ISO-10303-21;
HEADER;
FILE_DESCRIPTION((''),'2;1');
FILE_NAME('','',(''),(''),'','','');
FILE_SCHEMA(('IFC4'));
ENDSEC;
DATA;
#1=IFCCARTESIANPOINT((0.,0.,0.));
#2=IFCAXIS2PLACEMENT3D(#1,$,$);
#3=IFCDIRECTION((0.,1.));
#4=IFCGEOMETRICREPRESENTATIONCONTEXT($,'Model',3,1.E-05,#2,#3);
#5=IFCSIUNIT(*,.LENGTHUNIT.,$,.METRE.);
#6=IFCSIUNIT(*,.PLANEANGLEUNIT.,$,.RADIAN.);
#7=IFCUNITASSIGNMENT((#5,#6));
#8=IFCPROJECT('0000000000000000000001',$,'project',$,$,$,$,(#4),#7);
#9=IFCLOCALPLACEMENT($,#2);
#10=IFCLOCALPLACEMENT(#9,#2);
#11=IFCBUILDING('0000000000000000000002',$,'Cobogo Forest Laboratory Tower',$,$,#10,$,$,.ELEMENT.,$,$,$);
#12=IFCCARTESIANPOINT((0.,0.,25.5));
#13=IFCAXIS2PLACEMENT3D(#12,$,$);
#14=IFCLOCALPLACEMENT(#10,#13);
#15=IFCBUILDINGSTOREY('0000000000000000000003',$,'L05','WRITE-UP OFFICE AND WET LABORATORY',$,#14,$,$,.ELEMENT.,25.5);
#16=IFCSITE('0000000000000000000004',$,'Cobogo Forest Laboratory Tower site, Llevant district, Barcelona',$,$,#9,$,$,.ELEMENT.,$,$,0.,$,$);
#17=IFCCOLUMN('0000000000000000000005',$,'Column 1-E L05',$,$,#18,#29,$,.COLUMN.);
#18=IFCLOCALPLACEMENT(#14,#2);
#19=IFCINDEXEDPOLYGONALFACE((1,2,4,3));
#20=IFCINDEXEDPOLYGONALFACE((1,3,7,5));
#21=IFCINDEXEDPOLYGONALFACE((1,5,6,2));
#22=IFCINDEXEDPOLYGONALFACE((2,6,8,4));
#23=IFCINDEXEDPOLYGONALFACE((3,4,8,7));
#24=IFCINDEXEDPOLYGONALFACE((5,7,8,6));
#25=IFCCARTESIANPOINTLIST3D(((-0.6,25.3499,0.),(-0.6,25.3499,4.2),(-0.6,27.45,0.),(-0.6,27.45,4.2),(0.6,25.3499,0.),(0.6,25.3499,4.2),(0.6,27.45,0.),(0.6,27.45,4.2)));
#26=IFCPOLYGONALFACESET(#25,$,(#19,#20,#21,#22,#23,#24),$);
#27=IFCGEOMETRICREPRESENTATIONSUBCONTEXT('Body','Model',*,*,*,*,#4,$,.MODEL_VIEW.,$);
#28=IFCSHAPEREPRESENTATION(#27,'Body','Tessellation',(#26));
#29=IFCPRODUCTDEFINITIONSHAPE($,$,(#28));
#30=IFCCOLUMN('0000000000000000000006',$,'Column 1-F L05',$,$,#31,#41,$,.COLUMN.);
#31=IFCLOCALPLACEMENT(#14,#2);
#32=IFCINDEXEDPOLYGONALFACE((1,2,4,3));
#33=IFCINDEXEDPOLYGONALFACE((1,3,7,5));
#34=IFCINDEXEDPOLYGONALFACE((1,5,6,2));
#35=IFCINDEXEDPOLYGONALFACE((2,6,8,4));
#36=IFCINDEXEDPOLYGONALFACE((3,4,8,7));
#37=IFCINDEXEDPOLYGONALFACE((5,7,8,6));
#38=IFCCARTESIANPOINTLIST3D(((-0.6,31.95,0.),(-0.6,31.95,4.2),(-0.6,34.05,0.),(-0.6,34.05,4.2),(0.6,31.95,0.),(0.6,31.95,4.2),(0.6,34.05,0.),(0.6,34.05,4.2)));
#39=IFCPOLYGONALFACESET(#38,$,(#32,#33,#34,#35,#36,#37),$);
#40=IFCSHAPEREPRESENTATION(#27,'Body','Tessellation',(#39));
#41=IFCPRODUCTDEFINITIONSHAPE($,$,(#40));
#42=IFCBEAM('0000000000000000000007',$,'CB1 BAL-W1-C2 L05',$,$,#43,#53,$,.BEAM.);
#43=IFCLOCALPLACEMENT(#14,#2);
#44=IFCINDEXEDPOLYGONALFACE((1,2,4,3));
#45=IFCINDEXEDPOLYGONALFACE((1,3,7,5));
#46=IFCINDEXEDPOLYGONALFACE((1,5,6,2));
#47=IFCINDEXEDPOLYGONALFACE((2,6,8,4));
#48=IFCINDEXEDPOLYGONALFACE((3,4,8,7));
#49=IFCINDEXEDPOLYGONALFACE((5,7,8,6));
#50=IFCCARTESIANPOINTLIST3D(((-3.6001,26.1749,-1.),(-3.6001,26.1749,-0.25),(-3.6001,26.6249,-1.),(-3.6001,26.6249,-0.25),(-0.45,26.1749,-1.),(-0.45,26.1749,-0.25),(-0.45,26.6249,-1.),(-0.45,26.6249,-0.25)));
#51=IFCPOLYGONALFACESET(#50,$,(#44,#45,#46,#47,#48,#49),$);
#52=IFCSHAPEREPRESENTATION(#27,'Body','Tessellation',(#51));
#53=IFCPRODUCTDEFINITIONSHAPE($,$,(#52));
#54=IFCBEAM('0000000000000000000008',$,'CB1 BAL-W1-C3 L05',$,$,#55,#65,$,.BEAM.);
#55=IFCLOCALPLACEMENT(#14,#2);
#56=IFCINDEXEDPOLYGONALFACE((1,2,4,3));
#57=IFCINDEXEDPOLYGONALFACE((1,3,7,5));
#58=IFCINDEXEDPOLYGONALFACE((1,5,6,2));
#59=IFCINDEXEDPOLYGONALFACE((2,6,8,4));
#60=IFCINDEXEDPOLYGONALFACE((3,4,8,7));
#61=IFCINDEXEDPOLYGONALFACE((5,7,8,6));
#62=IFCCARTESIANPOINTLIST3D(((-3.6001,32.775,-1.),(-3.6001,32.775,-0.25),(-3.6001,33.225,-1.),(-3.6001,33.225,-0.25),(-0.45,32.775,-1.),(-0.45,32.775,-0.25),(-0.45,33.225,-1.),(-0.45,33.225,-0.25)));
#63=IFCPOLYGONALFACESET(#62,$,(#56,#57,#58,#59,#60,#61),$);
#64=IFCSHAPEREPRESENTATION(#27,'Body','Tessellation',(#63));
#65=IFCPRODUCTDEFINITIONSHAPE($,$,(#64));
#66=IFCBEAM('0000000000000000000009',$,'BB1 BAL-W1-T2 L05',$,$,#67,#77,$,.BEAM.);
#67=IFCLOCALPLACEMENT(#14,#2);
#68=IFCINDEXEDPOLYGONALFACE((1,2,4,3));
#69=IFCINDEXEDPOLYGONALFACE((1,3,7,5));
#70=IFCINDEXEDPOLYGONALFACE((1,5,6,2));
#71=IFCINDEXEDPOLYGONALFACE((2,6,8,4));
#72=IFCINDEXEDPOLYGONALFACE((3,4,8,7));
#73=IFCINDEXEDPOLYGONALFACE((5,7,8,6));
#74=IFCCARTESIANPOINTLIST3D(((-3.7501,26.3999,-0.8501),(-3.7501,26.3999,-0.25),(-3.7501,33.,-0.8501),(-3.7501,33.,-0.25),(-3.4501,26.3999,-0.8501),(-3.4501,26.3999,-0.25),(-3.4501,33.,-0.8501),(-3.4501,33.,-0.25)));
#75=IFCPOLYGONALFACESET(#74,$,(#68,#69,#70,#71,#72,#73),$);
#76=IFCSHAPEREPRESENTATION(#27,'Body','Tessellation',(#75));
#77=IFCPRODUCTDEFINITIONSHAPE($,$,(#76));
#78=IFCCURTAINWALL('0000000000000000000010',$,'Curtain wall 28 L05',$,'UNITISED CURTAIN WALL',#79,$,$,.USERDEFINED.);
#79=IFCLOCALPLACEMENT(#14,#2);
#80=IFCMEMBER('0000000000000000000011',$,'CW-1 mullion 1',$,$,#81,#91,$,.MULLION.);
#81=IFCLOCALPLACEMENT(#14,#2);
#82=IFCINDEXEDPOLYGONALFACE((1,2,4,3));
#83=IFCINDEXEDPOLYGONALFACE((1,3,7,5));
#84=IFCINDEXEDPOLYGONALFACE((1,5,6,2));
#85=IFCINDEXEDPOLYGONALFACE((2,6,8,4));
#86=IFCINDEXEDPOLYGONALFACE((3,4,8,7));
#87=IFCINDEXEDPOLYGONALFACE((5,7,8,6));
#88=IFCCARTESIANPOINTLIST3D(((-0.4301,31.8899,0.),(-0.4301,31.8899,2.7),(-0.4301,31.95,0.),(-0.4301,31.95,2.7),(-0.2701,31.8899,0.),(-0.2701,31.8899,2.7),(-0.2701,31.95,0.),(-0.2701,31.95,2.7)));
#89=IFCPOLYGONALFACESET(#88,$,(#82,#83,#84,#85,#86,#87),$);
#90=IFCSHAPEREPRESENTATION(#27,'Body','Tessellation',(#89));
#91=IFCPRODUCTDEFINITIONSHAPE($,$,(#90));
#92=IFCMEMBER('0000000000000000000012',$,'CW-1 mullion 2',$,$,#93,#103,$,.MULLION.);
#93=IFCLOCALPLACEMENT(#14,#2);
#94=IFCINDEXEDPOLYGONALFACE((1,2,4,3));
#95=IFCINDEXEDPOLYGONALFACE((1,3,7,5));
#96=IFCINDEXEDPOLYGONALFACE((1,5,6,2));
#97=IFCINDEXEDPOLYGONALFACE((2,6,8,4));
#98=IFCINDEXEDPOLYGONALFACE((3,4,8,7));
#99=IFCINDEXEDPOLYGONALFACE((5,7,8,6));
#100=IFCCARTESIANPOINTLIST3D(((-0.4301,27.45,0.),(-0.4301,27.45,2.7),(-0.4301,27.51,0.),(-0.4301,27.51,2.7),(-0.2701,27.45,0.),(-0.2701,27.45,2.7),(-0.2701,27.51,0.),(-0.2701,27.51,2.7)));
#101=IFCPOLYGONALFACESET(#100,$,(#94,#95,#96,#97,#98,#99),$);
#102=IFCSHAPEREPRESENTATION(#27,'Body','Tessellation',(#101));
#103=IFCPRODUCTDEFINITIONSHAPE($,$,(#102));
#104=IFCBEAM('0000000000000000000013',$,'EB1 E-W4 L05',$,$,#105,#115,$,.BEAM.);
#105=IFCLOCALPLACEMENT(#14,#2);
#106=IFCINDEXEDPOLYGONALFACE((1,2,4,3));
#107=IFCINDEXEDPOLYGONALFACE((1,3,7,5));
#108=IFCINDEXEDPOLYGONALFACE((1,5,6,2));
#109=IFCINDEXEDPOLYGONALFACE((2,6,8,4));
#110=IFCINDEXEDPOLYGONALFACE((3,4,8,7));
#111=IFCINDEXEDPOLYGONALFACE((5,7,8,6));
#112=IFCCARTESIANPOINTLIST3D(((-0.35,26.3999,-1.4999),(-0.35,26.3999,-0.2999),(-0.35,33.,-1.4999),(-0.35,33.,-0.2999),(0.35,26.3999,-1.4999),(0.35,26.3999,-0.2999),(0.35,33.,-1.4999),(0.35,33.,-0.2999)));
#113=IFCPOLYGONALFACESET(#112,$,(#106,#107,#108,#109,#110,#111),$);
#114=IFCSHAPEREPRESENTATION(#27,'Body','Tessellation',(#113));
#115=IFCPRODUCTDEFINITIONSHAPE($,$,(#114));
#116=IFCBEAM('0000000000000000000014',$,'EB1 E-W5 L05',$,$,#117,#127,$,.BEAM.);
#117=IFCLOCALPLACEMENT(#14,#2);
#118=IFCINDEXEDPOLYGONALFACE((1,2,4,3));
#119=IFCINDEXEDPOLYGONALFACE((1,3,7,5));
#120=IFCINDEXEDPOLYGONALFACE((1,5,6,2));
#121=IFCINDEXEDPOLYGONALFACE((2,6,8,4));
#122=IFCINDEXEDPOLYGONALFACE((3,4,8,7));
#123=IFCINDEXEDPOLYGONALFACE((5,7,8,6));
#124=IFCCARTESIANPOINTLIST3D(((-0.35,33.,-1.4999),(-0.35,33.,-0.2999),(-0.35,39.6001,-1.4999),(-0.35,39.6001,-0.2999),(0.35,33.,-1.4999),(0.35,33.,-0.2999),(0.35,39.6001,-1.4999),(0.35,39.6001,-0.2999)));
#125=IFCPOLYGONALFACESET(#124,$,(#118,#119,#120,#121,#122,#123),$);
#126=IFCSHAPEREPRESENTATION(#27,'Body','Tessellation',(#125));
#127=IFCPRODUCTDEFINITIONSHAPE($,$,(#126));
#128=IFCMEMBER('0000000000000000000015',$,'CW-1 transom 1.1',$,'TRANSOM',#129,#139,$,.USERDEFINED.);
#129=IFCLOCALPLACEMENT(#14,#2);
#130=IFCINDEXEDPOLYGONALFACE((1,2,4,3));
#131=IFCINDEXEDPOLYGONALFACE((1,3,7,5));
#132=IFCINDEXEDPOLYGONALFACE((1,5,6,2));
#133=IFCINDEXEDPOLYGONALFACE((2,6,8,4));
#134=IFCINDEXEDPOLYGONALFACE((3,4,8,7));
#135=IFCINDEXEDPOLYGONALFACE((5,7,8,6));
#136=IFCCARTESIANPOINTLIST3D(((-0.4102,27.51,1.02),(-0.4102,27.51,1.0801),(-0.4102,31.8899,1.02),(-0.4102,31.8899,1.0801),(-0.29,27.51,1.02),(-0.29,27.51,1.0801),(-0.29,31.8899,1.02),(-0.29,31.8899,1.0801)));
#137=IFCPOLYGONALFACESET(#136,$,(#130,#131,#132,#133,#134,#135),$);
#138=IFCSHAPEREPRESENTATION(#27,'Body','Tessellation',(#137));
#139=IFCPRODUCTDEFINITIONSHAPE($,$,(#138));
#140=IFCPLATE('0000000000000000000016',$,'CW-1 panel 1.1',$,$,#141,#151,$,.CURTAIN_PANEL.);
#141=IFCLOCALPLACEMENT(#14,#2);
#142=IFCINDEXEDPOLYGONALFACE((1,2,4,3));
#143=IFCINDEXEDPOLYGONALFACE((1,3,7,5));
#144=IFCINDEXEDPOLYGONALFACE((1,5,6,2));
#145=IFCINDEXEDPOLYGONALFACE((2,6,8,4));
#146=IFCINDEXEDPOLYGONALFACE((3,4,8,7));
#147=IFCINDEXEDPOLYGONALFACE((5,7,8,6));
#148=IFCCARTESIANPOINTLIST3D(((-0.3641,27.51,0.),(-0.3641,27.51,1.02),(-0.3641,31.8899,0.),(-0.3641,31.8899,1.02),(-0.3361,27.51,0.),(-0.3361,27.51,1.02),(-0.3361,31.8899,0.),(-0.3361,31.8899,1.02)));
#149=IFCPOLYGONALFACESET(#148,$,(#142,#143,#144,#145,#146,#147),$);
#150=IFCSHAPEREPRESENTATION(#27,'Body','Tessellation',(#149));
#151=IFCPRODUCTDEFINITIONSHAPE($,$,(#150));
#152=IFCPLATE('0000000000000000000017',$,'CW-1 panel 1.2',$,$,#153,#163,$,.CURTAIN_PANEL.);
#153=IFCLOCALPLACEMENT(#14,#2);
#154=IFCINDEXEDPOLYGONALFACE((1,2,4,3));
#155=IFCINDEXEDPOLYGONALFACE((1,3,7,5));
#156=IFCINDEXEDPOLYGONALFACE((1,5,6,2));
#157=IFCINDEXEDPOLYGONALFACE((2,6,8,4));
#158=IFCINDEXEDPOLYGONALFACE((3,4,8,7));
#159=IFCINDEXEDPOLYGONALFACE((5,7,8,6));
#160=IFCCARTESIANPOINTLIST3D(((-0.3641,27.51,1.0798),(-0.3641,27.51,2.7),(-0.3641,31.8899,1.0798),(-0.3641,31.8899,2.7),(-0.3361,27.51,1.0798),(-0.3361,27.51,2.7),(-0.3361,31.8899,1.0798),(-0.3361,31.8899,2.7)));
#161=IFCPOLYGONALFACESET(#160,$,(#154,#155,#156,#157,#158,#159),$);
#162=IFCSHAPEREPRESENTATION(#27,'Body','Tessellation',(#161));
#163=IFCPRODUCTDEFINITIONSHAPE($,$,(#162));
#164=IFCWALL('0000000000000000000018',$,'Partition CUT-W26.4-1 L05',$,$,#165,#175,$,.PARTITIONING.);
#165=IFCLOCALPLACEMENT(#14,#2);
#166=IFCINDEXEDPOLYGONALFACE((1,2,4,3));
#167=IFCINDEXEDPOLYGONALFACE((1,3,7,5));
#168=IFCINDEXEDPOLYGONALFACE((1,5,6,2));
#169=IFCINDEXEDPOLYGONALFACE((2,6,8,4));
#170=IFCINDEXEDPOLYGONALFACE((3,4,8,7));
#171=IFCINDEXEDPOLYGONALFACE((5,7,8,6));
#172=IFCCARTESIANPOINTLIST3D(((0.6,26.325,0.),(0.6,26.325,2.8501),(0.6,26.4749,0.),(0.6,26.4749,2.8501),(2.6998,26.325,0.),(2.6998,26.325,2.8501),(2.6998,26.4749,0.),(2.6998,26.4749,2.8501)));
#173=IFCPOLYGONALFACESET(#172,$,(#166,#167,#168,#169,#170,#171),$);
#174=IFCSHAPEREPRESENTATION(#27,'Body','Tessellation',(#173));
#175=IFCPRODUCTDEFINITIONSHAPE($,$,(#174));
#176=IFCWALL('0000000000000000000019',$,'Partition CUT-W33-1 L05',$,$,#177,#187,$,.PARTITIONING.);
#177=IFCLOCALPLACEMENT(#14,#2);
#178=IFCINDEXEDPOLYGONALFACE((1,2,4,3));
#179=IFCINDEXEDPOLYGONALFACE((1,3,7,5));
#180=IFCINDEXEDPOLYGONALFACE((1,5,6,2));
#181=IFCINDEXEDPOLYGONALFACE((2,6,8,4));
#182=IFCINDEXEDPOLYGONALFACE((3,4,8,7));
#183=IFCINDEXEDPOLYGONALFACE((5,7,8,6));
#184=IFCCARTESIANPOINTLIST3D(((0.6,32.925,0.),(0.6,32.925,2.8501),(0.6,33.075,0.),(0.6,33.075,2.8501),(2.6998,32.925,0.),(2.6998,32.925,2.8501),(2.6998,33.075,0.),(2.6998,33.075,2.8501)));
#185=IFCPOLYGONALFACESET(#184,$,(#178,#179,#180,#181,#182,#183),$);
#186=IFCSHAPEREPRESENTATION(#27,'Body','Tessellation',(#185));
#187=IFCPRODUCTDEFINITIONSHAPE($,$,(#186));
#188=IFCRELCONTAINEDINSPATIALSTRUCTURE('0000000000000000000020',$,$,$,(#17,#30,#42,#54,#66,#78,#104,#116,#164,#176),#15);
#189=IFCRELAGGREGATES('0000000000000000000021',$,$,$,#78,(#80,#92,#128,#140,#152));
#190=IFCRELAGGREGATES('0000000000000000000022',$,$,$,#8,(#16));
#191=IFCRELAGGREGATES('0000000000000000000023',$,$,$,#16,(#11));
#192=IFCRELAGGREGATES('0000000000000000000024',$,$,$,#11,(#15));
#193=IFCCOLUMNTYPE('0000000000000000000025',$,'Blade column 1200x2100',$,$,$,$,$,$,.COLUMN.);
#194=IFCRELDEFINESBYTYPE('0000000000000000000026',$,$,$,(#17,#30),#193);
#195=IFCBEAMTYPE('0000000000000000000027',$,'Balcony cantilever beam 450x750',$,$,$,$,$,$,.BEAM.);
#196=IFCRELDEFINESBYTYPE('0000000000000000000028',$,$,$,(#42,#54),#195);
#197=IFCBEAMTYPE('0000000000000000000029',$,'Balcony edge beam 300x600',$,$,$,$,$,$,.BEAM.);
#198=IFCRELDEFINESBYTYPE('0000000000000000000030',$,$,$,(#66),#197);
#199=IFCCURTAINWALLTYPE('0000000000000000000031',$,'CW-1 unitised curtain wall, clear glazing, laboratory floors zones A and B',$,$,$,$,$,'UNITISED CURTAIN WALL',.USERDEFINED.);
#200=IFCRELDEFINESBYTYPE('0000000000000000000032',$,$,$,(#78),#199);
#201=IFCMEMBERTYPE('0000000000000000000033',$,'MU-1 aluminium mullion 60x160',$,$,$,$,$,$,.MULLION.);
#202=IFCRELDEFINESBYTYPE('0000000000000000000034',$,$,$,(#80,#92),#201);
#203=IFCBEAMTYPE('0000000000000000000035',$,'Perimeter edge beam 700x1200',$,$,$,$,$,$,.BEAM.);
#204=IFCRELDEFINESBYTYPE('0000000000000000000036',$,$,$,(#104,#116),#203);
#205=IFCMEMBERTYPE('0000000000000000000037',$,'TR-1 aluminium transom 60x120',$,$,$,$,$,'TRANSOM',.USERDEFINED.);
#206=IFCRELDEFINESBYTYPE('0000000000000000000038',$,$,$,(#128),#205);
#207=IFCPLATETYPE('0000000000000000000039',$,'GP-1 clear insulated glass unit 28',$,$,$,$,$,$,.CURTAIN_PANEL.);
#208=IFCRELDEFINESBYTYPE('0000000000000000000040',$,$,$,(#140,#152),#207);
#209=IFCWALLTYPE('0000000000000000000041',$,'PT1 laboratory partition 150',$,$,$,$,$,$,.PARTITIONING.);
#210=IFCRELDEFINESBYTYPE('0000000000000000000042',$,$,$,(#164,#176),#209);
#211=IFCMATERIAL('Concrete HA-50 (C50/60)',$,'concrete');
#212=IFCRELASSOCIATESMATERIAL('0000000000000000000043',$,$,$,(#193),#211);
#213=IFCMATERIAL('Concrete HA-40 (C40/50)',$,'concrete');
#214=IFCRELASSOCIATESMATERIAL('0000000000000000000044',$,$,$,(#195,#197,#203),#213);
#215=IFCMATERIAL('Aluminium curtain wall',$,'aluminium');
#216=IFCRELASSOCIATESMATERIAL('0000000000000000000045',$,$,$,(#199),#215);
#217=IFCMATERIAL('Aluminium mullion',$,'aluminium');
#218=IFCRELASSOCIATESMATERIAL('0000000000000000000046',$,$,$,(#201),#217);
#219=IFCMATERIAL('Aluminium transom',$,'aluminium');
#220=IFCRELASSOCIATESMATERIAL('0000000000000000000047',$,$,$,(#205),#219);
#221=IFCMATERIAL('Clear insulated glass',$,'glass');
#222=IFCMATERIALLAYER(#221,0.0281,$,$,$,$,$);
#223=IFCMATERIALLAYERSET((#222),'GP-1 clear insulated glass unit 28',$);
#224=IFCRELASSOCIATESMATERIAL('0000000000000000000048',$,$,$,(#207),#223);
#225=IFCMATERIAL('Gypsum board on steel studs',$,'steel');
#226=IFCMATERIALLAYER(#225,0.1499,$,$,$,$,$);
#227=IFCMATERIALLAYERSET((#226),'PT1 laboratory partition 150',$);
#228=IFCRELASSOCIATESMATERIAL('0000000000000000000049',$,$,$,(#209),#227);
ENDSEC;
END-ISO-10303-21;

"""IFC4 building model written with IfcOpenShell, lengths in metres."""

from ifc_helpers import new_model, si_unit, direction, frame, frame_2d, origin, origin_2d, place, context, subcontext, project, spatial, rectangle, extrude, material, layer, layer_set, material_profile, profile_set, type_object, element, aggregate, save


model = new_model("IFC4")

# Units and contexts
model_context = context("Model", 3, precision=1e-05, world=origin(), true_north=direction((0.0, 1.0)))
body_context = subcontext(model_context, "Body", "Model", "MODEL_VIEW")
ifc_project = project(units=[si_unit("LENGTHUNIT", "METRE"), si_unit("PLANEANGLEUNIT", "RADIAN")], contexts=[model_context])

# Site, building, storey
site_placement = place(None, origin())
site = spatial("IfcSite", under=ifc_project, at=site_placement, Name="Cobogo Forest Laboratory Tower site, Llevant district, Barcelona", CompositionType="ELEMENT", RefElevation=0.0)
building_placement = place(site_placement, origin())
building = spatial("IfcBuilding", under=site, at=building_placement, Name="Cobogo Forest Laboratory Tower", CompositionType="ELEMENT")
storey_placement = place(building_placement, frame((0.0, 0.0, 25.5)))
storey = spatial("IfcBuildingStorey", under=building, at=storey_placement, Name="L05", Description="WRITE-UP OFFICE AND WET LABORATORY", CompositionType="ELEMENT", Elevation=25.5)

# Columns
ifc_material_1 = material(Name="Concrete HA-50 (C50/60)", Category="concrete")
ifc_material_profile_1 = material_profile(ifc_material_1, rectangle(XDim=2.1001, YDim=1.2, at=origin_2d()), Name="RC 1200x2100")
ifc_profile_set_1 = profile_set([ifc_material_profile_1], Name="Concrete HA-50 (C50/60)")
column_type = type_object("IfcColumnType", Name="Blade column 1200x2100", PredefinedType="COLUMN", material=ifc_profile_set_1)
for number, where, z_axis, x_axis, name in (
    (1, (0.0, 26.3999, 0.0), (0.0, 0.0, 1.0), (0.0, 1.0, 0.0), "Column 1-E L05"),
    (2, (0.0, 33.0, 0.0), (0.0, 0.0, 1.0), (0.0, 1.0, 0.0), "Column 1-F L05"),
):
    element("IfcColumn", number, at=place(storey_placement, frame(where, z_axis=z_axis, x_axis=x_axis)), inside=storey, type_object=column_type, Name=name, PredefinedType="COLUMN", context=body_context, shape_type="SweptSolid", body=[
        extrude(rectangle(XDim=2.1001, YDim=1.2, at=origin_2d()), origin(), (0.0, 0.0, 1.0), 4.2),
    ])

# Beams
ifc_material_2 = material(Name="Concrete HA-40 (C40/50)", Category="concrete")
ifc_material_profile_2 = material_profile(ifc_material_2, rectangle(XDim=0.45, YDim=0.75, at=origin_2d()), Name="RC 450x750")
ifc_profile_set_2 = profile_set([ifc_material_profile_2], Name="Concrete HA-40 (C40/50)")
beam_type_1 = type_object("IfcBeamType", Name="Balcony cantilever beam 450x750", PredefinedType="BEAM", material=ifc_profile_set_2)
for number, where, z_axis, x_axis, name in (
    (3, (-0.45, 26.3999, -0.625), (-1.0, 0.0, 0.0), (0.0, -1.0, 0.0), "CB1 BAL-W1-C2 L05"),
    (4, (-0.45, 33.0, -0.625), (-1.0, 0.0, 0.0), (0.0, -1.0, 0.0), "CB1 BAL-W1-C3 L05"),
):
    element("IfcBeam", number, at=place(storey_placement, frame(where, z_axis=z_axis, x_axis=x_axis)), inside=storey, type_object=beam_type_1, Name=name, PredefinedType="BEAM", context=body_context, shape_type="SweptSolid", body=[
        extrude(rectangle(XDim=0.45, YDim=0.75, at=origin_2d()), origin(), (0.0, 0.0, 1.0), 3.1501),
    ])
ifc_material_profile_3 = material_profile(ifc_material_2, rectangle(XDim=0.3, YDim=0.6001, at=origin_2d()), Name="RC 300x600")
ifc_profile_set_3 = profile_set([ifc_material_profile_3], Name="Concrete HA-40 (C40/50)")
beam_type_2 = type_object("IfcBeamType", Name="Balcony edge beam 300x600", PredefinedType="BEAM", material=ifc_profile_set_3)
beam_placement = place(storey_placement, frame((-3.6001, 26.3999, -0.55), z_axis=(0.0, 1.0, 0.0), x_axis=(-1.0, 0.0, 0.0)))
element("IfcBeam", 5, at=beam_placement, inside=storey, type_object=beam_type_2, Name="BB1 BAL-W1-T2 L05", PredefinedType="BEAM", context=body_context, shape_type="SweptSolid", body=[
    extrude(rectangle(XDim=0.3, YDim=0.6001, at=origin_2d()), origin(), (0.0, 0.0, 1.0), 6.6001),
])

# Curtain wall, members
ifc_material_3 = material(Name="Aluminium curtain wall", Category="aluminium")
curtain_wall_type = type_object("IfcCurtainWallType", Name="CW-1 unitised curtain wall, clear glazing, laboratory floors zones A and B", ElementType="UNITISED CURTAIN WALL", PredefinedType="USERDEFINED", material=ifc_material_3)
curtain_wall_placement = place(storey_placement, origin())
curtain_wall = element("IfcCurtainWall", 6, at=curtain_wall_placement, inside=storey, type_object=curtain_wall_type, Name="Curtain wall 28 L05", ObjectType="UNITISED CURTAIN WALL", PredefinedType="USERDEFINED")
ifc_material_4 = material(Name="Aluminium mullion", Category="aluminium")
ifc_material_profile_4 = material_profile(ifc_material_4, rectangle(XDim=0.0601, YDim=0.1599, at=origin_2d()), Name="AL 60x160")
ifc_profile_set_4 = profile_set([ifc_material_profile_4], Name="Aluminium mullion")
member_type_1 = type_object("IfcMemberType", Name="MU-1 aluminium mullion 60x160", PredefinedType="MULLION", material=ifc_profile_set_4)
member_1_placement = place(storey_placement, frame((-0.3501, 31.9199, 0.0), z_axis=(0.0, 0.0, 1.0), x_axis=(0.0, -1.0, 0.0)))
member_1 = element("IfcMember", 7, at=member_1_placement, type_object=member_type_1, Name="CW-1 mullion 1", PredefinedType="MULLION", context=body_context, shape_type="SweptSolid", body=[
    extrude(rectangle(XDim=0.0601, YDim=0.1599, at=origin_2d()), origin(), (0.0, 0.0, 1.0), 2.7),
])
member_2_placement = place(storey_placement, frame((-0.3501, 27.48, 0.0), z_axis=(0.0, 0.0, 1.0), x_axis=(0.0, -1.0, 0.0)))
member_2 = element("IfcMember", 8, at=member_2_placement, type_object=member_type_1, Name="CW-1 mullion 2", PredefinedType="MULLION", context=body_context, shape_type="SweptSolid", body=[
    extrude(rectangle(XDim=0.0601, YDim=0.1599, at=origin_2d()), origin(), (0.0, 0.0, 1.0), 2.7),
])

# Beams
ifc_material_profile_5 = material_profile(ifc_material_2, rectangle(XDim=0.7, YDim=1.2, at=origin_2d()), Name="RC 700x1200")
ifc_profile_set_5 = profile_set([ifc_material_profile_5], Name="Concrete HA-40 (C40/50)")
beam_type_3 = type_object("IfcBeamType", Name="Perimeter edge beam 700x1200", PredefinedType="BEAM", material=ifc_profile_set_5)
for number, where, z_axis, x_axis, name in (
    (9, (0.0, 26.3999, -0.8999), (0.0, 1.0, 0.0), (-1.0, 0.0, 0.0), "EB1 E-W4 L05"),
    (10, (0.0, 33.0, -0.8999), (0.0, 1.0, 0.0), (-1.0, 0.0, 0.0), "EB1 E-W5 L05"),
):
    element("IfcBeam", number, at=place(storey_placement, frame(where, z_axis=z_axis, x_axis=x_axis)), inside=storey, type_object=beam_type_3, Name=name, PredefinedType="BEAM", context=body_context, shape_type="SweptSolid", body=[
        extrude(rectangle(XDim=0.7, YDim=1.2, at=origin_2d()), origin(), (0.0, 0.0, 1.0), 6.6001),
    ])

# Member
ifc_material_5 = material(Name="Aluminium transom", Category="aluminium")
ifc_material_profile_6 = material_profile(ifc_material_5, rectangle(XDim=0.1201, YDim=0.0601, at=origin_2d()), Name="AL 60x120")
ifc_profile_set_6 = profile_set([ifc_material_profile_6], Name="Aluminium transom")
member_type_2 = type_object("IfcMemberType", Name="TR-1 aluminium transom 60x120", ElementType="TRANSOM", PredefinedType="USERDEFINED", material=ifc_profile_set_6)
member_3_placement = place(storey_placement, frame((-0.3501, 31.8899, 1.05), z_axis=(0.0, -1.0, 0.0), x_axis=(1.0, 0.0, 0.0)))
member_3 = element("IfcMember", 11, at=member_3_placement, type_object=member_type_2, Name="CW-1 transom 1.1", ObjectType="TRANSOM", PredefinedType="USERDEFINED", context=body_context, shape_type="SweptSolid", body=[
    extrude(rectangle(XDim=0.1201, YDim=0.0601, at=origin_2d()), origin(), (0.0, 0.0, 1.0), 4.3799),
])

# Plates
ifc_material_6 = material(Name="Clear insulated glass", Category="glass")
ifc_layer_1 = layer(ifc_material_6, 0.0281)
ifc_layer_set_1 = layer_set([ifc_layer_1], Name="GP-1 clear insulated glass unit 28")
plate_type = type_object("IfcPlateType", Name="GP-1 clear insulated glass unit 28", PredefinedType="CURTAIN_PANEL", material=ifc_layer_set_1)
plate_1_placement = place(storey_placement, frame((-0.3501, 29.7, 0.0), z_axis=(0.0, 0.0, 1.0), x_axis=(0.0, -1.0, 0.0)))
plate_1 = element("IfcPlate", 12, at=plate_1_placement, type_object=plate_type, Name="CW-1 panel 1.1", PredefinedType="CURTAIN_PANEL", context=body_context, shape_type="SweptSolid", body=[
    extrude(rectangle(XDim=4.3799, YDim=0.0281, at=origin_2d()), origin(), (0.0, 0.0, 1.0), 1.02),
])
plate_2_placement = place(storey_placement, frame((-0.3501, 29.7, 1.0798), z_axis=(0.0, 0.0, 1.0), x_axis=(0.0, -1.0, 0.0)))
plate_2 = element("IfcPlate", 13, at=plate_2_placement, type_object=plate_type, Name="CW-1 panel 1.2", PredefinedType="CURTAIN_PANEL", context=body_context, shape_type="SweptSolid", body=[
    extrude(rectangle(XDim=4.3799, YDim=0.0281, at=origin_2d()), origin(), (0.0, 0.0, 1.0), 1.6201),
])
aggregate(curtain_wall, [member_1, member_2, member_3, plate_1, plate_2])

# Walls
ifc_material_7 = material(Name="Gypsum board on steel studs", Category="steel")
ifc_layer_2 = layer(ifc_material_7, 0.1499)
ifc_layer_set_2 = layer_set([ifc_layer_2], Name="PT1 laboratory partition 150")
wall_type_1 = type_object("IfcWallType", Name="PT1 laboratory partition 150", PredefinedType="PARTITIONING", material=ifc_layer_set_2)
for number, where, z_axis, x_axis, name in (
    (14, (0.6001, 26.3999, 0.0), (0.0, 0.0, 1.0), (1.0, 0.0, 0.0), "Partition CUT-W26.4-1 L05"),
    (15, (0.6001, 33.0, 0.0), (0.0, 0.0, 1.0), (1.0, 0.0, 0.0), "Partition CUT-W33-1 L05"),
):
    element("IfcWall", number, at=place(storey_placement, frame(where, z_axis=z_axis, x_axis=x_axis)), inside=storey, type_object=wall_type_1, Name=name, PredefinedType="PARTITIONING", context=body_context, shape_type="SweptSolid", body=[
        extrude(rectangle(XDim=2.0999, YDim=0.1499, at=frame_2d((1.0498, 0.0))), origin(), (0.0, 0.0, 1.0), 2.8501),
    ])

save(model, "model.ifc")
